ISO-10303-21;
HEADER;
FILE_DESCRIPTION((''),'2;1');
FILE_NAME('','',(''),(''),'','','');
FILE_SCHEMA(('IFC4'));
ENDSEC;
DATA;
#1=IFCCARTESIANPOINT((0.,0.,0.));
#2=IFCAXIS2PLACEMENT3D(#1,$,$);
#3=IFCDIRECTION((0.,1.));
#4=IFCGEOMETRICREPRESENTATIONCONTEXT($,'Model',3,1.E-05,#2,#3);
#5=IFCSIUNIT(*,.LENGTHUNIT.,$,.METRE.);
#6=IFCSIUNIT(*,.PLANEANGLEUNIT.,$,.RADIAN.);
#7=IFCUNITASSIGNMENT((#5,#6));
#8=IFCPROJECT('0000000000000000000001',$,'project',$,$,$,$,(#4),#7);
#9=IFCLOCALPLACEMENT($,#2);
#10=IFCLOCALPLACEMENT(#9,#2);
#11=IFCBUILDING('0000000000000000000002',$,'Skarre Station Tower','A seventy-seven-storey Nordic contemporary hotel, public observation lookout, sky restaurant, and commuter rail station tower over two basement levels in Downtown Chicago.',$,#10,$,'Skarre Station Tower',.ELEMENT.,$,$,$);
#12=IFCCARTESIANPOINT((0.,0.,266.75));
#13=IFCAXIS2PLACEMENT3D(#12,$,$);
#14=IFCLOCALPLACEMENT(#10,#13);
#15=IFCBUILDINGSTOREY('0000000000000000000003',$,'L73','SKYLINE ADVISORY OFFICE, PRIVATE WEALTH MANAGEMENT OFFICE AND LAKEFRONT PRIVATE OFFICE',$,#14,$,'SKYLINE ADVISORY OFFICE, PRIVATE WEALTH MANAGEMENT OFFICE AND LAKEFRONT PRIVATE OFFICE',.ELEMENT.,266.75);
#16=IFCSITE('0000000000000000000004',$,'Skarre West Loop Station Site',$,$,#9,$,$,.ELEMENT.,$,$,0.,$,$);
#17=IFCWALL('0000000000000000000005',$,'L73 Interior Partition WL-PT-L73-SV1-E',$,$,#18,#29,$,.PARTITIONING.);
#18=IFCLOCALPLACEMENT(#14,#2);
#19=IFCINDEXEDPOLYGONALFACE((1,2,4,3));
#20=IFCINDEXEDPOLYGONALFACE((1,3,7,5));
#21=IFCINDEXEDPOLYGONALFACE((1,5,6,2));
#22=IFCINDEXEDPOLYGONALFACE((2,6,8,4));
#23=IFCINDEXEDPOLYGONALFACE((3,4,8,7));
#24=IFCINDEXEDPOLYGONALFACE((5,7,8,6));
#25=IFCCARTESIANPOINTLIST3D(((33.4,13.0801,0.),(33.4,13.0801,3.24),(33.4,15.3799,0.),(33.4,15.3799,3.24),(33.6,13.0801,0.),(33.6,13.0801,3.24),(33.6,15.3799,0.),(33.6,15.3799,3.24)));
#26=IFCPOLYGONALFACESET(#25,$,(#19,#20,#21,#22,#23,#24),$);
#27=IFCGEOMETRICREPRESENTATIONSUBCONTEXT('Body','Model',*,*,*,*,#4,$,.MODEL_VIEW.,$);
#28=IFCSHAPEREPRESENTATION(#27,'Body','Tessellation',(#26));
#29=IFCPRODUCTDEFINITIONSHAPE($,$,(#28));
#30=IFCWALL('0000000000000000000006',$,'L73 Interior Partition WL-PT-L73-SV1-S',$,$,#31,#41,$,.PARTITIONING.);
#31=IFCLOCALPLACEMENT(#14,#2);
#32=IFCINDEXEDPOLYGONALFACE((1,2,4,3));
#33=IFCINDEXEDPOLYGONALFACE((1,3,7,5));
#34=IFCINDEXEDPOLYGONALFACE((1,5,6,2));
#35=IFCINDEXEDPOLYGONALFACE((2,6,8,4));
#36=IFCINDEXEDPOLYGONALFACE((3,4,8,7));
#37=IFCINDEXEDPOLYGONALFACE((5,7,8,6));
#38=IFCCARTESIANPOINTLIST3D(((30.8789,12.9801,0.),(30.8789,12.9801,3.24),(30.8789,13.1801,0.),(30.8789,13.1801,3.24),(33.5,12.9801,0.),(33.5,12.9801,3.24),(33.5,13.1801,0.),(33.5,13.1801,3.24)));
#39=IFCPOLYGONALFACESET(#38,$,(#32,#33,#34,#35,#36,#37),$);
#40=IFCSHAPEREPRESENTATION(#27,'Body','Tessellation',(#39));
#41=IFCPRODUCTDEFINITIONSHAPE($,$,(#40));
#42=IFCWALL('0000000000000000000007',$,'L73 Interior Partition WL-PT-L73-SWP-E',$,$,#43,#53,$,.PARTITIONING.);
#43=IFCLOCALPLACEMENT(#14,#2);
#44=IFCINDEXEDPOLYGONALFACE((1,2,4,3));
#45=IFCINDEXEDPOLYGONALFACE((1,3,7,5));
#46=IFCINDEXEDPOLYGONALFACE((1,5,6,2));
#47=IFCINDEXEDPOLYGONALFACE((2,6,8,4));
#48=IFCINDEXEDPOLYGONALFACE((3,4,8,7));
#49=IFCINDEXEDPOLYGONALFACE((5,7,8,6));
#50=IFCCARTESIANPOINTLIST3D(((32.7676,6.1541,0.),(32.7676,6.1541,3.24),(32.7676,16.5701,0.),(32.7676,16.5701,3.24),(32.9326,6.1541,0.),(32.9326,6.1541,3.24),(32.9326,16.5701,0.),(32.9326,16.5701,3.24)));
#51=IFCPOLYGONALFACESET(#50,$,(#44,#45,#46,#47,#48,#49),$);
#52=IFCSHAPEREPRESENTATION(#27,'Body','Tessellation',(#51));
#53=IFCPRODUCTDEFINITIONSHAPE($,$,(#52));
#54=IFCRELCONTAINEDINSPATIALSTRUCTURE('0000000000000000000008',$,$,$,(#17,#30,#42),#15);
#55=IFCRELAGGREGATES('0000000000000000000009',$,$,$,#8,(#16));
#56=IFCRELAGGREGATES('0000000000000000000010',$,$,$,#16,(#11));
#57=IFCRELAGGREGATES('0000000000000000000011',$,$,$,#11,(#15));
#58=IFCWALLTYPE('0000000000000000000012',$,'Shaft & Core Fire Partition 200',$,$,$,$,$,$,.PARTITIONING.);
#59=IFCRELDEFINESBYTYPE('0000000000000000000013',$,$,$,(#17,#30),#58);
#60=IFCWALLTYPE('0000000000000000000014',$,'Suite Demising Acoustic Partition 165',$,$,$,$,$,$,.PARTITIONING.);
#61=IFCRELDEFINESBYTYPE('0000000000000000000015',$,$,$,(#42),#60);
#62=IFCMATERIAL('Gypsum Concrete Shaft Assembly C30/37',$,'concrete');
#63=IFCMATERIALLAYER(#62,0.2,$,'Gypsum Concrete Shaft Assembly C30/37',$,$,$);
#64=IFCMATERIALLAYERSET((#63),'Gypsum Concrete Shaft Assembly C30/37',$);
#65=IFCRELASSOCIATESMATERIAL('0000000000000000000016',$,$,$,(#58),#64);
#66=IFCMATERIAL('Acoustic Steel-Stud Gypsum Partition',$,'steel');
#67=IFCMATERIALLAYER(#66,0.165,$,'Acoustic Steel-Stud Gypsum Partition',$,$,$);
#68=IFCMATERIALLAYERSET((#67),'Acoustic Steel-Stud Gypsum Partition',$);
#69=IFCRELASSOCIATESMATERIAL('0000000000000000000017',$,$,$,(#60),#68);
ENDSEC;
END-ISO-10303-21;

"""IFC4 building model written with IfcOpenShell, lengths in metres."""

from ifc_helpers import new_model, si_unit, direction, frame, frame_2d, origin, place, context, subcontext, project, spatial, rectangle, extrude, material, layer, layer_set, type_object, element, save


model = new_model("IFC4")

# Units and contexts
model_context = context("Model", 3, precision=1e-05, world=origin(), true_north=direction((0.0, 1.0)))
body_context = subcontext(model_context, "Body", "Model", "MODEL_VIEW")
ifc_project = project(units=[si_unit("LENGTHUNIT", "METRE"), si_unit("PLANEANGLEUNIT", "RADIAN")], contexts=[model_context])

# Site, building, storey
site_placement = place(None, origin())
site = spatial("IfcSite", under=ifc_project, at=site_placement, Name="Skarre West Loop Station Site", CompositionType="ELEMENT", RefElevation=0.0)
building_placement = place(site_placement, origin())
building = spatial("IfcBuilding", under=site, at=building_placement, Name="Skarre Station Tower", Description="A seventy-seven-storey Nordic contemporary hotel, public observation lookout, sky restaurant, and commuter rail station tower over two basement levels in Downtown Chicago.", LongName="Skarre Station Tower", CompositionType="ELEMENT")
storey_placement = place(building_placement, frame((0.0, 0.0, 266.75)))
storey = spatial("IfcBuildingStorey", under=building, at=storey_placement, Name="L73", Description="SKYLINE ADVISORY OFFICE, PRIVATE WEALTH MANAGEMENT OFFICE AND LAKEFRONT PRIVATE OFFICE", LongName="SKYLINE ADVISORY OFFICE, PRIVATE WEALTH MANAGEMENT OFFICE AND LAKEFRONT PRIVATE OFFICE", CompositionType="ELEMENT", Elevation=266.75)

# Shared definitions
ifc_material_1 = material(Name="Acoustic Steel-Stud Gypsum Partition", Category="steel")

# Shared definitions
ifc_material_2 = material(Name="Gypsum Concrete Shaft Assembly C30/37", Category="concrete")
ifc_layer_1 = layer(ifc_material_2, 0.2, Name="Gypsum Concrete Shaft Assembly C30/37")
ifc_layer_set_1 = layer_set([ifc_layer_1], Name="Gypsum Concrete Shaft Assembly C30/37")
wall_type_1 = type_object("IfcWallType", Name="Shaft & Core Fire Partition 200", PredefinedType="PARTITIONING", material=ifc_layer_set_1)

# Walls
wall_1_placement = place(storey_placement, frame((33.5, 13.0801, 0.0), z_axis=(0.0, 0.0, 1.0), x_axis=(0.0, 1.0, 0.0)))
element("IfcWall", 1, at=wall_1_placement, inside=storey, type_object=wall_type_1, Name="L73 Interior Partition WL-PT-L73-SV1-E", PredefinedType="PARTITIONING", context=body_context, shape_type="SweptSolid", body=[
    extrude(rectangle(XDim=2.2998, YDim=0.2, at=frame_2d((1.1499, 0.0))), origin(), (0.0, 0.0, 1.0), 3.24),
])
wall_2_placement = place(storey_placement, frame((30.8789, 13.0801, 0.0), z_axis=(0.0, 0.0, 1.0), x_axis=(1.0, 0.0, 0.0)))
element("IfcWall", 2, at=wall_2_placement, inside=storey, type_object=wall_type_1, Name="L73 Interior Partition WL-PT-L73-SV1-S", PredefinedType="PARTITIONING", context=body_context, shape_type="SweptSolid", body=[
    extrude(rectangle(XDim=2.6211, YDim=0.2, at=frame_2d((1.3105, 0.0))), origin(), (0.0, 0.0, 1.0), 3.24),
])
ifc_layer_2 = layer(ifc_material_1, 0.165, Name="Acoustic Steel-Stud Gypsum Partition")
ifc_layer_set_2 = layer_set([ifc_layer_2], Name="Acoustic Steel-Stud Gypsum Partition")
wall_type_2 = type_object("IfcWallType", Name="Suite Demising Acoustic Partition 165", PredefinedType="PARTITIONING", material=ifc_layer_set_2)
wall_3_placement = place(storey_placement, frame((32.8501, 6.1541, 0.0), z_axis=(0.0, 0.0, 1.0), x_axis=(0.0, 1.0, 0.0)))
element("IfcWall", 3, at=wall_3_placement, inside=storey, type_object=wall_type_2, Name="L73 Interior Partition WL-PT-L73-SWP-E", PredefinedType="PARTITIONING", context=body_context, shape_type="SweptSolid", body=[
    extrude(rectangle(XDim=10.416, YDim=0.165, at=frame_2d((5.208, 0.0))), origin(), (0.0, 0.0, 1.0), 3.24),
])

save(model, "model.ifc")
